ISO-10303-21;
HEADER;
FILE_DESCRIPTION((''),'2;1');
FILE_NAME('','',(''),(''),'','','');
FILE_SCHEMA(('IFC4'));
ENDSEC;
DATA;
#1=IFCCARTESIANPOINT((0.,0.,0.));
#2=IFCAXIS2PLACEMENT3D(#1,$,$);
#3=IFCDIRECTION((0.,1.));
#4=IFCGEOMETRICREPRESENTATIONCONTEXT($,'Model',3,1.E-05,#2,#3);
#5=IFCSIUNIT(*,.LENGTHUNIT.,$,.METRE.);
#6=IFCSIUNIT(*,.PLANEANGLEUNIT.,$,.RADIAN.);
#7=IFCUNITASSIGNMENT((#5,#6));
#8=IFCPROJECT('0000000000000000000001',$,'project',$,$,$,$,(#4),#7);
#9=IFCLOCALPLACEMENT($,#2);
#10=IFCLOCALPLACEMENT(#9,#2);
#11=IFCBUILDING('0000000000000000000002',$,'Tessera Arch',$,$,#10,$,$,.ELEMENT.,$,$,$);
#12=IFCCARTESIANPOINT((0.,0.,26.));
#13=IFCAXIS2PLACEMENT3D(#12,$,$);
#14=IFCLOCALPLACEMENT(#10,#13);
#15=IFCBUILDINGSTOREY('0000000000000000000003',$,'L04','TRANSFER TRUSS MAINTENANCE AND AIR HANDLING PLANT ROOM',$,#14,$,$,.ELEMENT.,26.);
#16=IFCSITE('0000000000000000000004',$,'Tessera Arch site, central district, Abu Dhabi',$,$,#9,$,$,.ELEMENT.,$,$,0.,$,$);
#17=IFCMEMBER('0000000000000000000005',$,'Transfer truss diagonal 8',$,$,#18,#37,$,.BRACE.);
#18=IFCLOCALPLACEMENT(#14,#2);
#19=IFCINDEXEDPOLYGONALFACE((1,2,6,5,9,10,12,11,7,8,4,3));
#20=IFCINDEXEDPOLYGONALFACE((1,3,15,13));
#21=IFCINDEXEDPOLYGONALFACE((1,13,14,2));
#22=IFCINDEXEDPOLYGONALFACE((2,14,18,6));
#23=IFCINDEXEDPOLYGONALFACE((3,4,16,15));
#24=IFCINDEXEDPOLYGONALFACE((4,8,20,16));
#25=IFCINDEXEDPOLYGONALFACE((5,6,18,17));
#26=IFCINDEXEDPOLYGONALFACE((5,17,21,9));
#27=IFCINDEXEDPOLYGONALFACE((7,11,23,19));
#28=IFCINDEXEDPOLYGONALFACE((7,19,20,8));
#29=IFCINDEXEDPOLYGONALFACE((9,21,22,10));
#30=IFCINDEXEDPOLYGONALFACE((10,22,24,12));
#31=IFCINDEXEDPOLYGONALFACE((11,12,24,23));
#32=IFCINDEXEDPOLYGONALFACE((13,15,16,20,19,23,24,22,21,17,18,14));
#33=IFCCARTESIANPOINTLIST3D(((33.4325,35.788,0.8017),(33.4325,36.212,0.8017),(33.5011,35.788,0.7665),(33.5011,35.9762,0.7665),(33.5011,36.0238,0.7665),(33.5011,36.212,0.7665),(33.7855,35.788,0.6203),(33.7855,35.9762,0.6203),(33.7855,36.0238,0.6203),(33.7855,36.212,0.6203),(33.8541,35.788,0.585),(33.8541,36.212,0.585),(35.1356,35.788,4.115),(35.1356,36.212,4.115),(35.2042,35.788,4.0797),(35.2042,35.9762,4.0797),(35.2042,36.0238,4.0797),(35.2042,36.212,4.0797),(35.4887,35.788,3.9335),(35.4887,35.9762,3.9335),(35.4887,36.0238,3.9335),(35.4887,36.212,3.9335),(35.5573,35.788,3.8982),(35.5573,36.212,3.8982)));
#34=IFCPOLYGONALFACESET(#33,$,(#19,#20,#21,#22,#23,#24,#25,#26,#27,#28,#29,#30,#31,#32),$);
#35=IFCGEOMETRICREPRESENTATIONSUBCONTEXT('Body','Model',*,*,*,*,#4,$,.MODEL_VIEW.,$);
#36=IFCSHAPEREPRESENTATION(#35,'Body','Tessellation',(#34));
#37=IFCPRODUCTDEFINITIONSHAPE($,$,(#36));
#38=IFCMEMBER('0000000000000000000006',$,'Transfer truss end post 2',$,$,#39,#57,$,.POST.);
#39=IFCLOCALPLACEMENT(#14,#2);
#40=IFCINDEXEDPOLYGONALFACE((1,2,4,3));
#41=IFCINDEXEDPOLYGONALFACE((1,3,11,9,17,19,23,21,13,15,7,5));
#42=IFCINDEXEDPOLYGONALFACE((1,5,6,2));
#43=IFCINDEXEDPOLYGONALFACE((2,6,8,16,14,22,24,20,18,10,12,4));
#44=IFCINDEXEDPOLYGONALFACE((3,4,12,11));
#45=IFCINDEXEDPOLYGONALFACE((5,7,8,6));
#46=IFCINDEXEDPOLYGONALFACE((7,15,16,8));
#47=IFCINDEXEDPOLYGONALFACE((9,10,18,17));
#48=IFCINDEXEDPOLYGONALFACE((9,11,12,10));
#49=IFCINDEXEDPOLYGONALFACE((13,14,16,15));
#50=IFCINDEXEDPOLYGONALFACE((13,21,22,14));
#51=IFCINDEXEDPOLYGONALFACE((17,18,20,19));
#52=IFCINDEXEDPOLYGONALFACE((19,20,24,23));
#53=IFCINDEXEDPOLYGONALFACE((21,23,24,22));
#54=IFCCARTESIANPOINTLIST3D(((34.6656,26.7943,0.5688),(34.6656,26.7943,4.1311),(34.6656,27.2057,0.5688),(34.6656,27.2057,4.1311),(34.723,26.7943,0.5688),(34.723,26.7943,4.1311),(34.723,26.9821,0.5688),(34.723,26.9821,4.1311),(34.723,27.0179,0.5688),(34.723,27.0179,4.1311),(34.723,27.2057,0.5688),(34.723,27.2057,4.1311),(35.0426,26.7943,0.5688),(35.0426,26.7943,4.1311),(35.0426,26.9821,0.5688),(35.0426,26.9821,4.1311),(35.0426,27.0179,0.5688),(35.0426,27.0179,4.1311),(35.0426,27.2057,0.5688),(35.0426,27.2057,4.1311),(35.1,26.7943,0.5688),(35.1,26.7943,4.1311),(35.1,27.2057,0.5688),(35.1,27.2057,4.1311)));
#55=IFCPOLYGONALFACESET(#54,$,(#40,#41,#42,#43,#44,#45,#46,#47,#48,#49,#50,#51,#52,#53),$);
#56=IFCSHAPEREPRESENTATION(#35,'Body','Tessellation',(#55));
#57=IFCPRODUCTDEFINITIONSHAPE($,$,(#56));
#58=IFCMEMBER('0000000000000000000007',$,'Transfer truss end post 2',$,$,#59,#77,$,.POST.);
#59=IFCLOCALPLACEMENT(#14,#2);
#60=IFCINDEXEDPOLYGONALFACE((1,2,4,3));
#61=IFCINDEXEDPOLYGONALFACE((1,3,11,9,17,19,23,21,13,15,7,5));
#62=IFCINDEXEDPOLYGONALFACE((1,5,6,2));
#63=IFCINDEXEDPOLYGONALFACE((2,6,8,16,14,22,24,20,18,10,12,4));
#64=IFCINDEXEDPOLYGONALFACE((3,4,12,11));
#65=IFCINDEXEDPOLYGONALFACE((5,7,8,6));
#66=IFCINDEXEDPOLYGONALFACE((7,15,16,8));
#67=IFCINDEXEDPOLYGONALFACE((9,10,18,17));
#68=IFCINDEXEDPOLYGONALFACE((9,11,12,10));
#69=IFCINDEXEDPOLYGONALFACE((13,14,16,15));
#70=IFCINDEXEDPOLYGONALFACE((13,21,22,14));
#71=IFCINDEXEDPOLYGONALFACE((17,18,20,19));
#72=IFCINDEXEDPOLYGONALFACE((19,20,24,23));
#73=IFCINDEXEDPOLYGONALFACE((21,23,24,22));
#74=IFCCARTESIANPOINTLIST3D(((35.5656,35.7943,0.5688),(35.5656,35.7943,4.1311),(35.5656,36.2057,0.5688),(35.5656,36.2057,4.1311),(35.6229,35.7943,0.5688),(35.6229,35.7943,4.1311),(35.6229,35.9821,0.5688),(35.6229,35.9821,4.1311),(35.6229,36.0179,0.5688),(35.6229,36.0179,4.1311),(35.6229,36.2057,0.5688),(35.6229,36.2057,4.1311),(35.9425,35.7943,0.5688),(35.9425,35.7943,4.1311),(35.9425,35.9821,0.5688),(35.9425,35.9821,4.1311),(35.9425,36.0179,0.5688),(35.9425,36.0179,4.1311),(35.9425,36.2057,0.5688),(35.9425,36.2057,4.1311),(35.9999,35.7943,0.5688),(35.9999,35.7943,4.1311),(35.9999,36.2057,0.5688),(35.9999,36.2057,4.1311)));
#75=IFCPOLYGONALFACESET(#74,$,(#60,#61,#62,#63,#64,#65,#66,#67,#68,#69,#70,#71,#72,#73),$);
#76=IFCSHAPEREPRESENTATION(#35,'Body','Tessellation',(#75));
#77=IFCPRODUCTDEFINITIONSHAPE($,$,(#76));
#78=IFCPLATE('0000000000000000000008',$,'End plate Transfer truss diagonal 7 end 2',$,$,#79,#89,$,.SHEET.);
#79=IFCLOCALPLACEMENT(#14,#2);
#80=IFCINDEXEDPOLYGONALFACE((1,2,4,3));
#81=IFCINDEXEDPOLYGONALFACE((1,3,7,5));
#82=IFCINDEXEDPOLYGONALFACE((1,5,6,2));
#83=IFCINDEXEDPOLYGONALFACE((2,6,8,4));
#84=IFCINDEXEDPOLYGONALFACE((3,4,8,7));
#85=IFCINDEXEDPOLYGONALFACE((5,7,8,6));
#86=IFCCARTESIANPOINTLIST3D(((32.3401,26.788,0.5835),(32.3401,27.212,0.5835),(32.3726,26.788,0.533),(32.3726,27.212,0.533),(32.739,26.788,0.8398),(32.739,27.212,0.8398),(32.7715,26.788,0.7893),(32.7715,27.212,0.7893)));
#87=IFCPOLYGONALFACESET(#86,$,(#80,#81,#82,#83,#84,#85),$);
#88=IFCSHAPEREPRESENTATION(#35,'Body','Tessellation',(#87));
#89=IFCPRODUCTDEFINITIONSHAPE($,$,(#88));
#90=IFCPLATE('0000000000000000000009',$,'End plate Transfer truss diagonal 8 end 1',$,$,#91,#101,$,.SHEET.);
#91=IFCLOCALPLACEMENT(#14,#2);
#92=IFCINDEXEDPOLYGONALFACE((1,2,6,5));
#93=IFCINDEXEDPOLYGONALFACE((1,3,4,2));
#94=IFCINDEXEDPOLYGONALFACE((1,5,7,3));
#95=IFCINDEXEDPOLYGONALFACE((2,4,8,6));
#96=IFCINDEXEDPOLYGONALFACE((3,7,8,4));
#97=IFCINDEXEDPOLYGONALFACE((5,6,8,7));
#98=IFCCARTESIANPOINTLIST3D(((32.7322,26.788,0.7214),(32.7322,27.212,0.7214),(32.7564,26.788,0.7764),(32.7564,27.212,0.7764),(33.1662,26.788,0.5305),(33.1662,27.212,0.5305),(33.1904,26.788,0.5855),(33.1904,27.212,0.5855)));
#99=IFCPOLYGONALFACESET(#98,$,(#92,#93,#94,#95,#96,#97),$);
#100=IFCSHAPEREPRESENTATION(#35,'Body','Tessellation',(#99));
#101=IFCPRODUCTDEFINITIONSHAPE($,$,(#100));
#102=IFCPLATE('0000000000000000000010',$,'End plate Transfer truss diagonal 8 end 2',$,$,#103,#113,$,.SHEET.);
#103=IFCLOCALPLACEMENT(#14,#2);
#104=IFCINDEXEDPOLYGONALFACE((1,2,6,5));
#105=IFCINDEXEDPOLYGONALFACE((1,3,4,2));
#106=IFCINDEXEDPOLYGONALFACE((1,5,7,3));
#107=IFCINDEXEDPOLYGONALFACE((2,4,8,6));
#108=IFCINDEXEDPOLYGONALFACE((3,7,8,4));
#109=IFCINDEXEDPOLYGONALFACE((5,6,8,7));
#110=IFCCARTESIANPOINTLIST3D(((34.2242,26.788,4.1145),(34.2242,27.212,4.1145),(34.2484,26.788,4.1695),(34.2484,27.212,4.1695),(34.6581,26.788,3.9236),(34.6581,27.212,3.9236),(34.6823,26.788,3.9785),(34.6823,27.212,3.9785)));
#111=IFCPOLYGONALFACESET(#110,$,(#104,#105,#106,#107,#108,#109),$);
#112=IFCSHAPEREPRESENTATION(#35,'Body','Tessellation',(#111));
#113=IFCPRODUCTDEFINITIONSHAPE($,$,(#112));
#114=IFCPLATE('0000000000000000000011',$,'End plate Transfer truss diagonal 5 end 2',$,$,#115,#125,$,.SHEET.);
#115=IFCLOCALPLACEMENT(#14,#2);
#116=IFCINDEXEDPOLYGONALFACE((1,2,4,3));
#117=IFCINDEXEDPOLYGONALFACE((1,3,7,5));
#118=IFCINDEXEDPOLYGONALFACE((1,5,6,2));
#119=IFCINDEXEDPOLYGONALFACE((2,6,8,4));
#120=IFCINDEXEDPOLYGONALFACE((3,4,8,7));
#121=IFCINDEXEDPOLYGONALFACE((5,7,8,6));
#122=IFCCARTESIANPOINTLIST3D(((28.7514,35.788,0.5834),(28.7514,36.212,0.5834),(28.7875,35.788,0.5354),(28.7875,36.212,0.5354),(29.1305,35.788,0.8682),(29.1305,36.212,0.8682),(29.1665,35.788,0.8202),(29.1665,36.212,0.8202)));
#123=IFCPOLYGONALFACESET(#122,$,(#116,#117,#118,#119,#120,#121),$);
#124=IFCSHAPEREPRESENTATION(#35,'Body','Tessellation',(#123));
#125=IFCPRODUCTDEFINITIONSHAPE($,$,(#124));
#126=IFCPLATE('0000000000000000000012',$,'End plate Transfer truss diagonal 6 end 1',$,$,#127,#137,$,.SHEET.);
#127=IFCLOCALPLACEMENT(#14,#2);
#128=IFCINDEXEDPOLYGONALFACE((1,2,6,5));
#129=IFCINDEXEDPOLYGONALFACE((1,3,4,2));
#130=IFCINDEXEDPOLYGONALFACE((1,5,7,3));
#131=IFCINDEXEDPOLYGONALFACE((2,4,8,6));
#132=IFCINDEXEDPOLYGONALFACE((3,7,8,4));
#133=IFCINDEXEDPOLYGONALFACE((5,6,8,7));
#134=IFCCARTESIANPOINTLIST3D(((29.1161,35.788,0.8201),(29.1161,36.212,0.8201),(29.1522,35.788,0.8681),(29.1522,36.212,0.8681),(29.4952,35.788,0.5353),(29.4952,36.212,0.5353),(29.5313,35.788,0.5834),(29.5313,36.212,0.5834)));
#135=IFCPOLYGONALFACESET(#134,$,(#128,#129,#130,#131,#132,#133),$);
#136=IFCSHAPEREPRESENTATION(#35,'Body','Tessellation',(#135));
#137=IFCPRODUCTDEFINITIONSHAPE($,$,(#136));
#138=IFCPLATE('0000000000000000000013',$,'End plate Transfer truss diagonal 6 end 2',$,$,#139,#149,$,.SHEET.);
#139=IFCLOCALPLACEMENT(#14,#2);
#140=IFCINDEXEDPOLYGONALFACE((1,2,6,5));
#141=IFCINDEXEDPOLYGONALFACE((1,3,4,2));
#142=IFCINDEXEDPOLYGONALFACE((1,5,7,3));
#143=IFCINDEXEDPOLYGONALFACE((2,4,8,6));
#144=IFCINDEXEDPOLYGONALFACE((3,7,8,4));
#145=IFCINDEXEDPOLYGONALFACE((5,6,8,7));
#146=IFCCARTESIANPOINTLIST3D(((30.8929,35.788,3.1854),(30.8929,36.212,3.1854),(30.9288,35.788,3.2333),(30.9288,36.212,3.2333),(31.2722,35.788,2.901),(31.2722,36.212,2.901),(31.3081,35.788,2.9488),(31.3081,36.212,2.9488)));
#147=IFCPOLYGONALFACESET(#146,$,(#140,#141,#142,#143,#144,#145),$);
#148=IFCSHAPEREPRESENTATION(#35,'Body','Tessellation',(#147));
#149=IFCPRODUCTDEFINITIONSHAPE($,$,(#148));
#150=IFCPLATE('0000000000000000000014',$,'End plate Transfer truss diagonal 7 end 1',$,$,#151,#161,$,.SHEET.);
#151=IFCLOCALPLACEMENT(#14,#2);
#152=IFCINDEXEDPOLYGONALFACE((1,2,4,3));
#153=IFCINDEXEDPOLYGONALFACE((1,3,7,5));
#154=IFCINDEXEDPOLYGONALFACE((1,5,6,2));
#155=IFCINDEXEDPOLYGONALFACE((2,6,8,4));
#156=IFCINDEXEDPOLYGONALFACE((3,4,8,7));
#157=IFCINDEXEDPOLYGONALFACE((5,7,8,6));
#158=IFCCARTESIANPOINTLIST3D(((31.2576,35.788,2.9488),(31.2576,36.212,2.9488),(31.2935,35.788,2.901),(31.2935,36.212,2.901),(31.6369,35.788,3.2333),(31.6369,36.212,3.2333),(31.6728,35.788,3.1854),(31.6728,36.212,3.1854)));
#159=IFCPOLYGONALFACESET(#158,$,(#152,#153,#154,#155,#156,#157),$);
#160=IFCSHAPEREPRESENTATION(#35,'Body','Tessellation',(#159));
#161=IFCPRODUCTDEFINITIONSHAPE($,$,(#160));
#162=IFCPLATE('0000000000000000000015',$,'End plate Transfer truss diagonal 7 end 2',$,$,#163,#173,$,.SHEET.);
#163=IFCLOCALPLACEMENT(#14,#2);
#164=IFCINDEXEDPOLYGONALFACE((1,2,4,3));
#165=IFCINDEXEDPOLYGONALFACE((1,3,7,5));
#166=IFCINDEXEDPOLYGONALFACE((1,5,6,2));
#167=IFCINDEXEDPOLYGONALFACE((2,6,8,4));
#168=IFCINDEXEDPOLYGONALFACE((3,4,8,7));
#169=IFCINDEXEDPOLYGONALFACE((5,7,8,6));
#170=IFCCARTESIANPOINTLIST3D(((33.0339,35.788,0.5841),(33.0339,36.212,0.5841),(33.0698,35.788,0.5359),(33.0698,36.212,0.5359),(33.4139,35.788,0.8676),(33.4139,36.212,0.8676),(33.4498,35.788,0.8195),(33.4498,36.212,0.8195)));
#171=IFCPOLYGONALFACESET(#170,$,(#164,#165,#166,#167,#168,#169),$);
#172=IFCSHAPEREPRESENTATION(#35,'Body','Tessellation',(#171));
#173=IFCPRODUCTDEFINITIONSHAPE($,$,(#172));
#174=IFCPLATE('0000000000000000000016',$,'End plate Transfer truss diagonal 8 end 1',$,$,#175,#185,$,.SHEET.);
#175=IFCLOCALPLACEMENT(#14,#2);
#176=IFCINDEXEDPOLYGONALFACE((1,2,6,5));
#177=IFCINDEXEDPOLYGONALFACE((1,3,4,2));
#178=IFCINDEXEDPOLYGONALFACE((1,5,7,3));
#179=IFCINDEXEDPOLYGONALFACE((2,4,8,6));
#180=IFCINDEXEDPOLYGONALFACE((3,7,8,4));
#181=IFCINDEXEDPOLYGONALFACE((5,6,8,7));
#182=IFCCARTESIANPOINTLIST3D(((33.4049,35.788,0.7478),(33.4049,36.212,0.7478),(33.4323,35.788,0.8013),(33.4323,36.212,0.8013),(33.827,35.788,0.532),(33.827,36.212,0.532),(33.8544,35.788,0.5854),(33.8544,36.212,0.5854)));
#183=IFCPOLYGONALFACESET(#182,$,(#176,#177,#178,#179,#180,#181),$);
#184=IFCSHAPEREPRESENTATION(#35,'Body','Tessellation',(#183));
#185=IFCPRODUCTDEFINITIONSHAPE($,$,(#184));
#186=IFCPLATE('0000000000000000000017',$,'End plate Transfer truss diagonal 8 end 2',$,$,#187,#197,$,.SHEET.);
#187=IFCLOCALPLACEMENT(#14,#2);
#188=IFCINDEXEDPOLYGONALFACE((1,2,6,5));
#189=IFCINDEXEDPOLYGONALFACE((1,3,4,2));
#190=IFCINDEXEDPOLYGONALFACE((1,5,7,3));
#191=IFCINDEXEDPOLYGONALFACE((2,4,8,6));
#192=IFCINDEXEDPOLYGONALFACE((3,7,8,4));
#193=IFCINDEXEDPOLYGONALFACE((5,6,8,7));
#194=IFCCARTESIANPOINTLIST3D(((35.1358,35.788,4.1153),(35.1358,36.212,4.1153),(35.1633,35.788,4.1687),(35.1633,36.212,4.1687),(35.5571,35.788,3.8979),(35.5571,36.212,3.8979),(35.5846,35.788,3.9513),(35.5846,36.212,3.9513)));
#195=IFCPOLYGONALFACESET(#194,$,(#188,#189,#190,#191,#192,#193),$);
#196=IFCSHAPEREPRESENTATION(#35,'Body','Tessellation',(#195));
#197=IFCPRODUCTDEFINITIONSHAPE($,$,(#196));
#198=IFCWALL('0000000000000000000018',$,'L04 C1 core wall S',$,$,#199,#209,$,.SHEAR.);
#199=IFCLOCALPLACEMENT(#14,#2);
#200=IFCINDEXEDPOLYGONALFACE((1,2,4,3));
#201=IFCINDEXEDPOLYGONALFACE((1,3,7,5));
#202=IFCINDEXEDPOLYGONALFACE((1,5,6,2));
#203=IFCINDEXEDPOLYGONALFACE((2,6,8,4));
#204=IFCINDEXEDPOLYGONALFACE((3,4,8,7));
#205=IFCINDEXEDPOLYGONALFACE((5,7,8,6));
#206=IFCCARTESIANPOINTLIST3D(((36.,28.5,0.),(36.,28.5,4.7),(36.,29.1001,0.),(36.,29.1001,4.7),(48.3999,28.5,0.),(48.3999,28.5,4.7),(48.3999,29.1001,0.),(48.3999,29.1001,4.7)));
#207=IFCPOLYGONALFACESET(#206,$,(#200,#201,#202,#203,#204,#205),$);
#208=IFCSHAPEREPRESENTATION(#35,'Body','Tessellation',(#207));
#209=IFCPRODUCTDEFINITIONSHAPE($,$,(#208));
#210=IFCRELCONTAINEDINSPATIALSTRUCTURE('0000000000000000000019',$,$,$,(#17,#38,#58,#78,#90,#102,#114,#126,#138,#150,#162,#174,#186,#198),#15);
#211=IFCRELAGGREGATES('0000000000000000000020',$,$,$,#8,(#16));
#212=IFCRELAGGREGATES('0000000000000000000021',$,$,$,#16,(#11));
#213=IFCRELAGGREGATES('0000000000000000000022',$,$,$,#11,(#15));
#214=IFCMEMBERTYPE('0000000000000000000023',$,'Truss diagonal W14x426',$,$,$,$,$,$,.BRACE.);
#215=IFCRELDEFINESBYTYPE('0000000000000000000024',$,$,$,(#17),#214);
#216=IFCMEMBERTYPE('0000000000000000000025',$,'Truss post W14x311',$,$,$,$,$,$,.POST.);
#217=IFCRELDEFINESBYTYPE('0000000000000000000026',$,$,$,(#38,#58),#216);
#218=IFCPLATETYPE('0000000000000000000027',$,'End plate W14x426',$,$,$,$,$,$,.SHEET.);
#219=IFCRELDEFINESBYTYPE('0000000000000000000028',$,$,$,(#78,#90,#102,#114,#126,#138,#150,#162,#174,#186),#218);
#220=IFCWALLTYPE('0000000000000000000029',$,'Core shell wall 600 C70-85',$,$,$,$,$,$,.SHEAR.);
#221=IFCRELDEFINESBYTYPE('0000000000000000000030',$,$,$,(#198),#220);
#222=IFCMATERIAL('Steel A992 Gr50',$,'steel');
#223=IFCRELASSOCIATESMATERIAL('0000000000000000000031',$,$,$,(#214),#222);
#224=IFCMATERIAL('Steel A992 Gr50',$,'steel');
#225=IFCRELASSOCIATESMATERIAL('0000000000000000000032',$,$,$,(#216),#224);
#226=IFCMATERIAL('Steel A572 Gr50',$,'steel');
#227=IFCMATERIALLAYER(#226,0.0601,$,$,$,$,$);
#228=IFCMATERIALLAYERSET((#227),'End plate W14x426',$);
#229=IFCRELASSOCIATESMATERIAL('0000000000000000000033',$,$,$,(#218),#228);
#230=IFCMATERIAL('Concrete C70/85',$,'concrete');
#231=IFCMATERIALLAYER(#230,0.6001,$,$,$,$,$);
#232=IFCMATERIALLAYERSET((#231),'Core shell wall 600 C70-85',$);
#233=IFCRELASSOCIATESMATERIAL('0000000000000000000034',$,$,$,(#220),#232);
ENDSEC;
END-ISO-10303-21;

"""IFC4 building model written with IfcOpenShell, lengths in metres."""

from ifc_helpers import new_model, si_unit, direction, frame, frame_2d, origin, origin_2d, place, context, subcontext, project, spatial, rectangle, i_section, extrude, material, layer, layer_set, material_profile, profile_set, type_object, element, save


model = new_model("IFC4")

# Units and contexts
model_context = context("Model", 3, precision=1e-05, world=origin(), true_north=direction((0.0, 1.0)))
body_context = subcontext(model_context, "Body", "Model", "MODEL_VIEW")
ifc_project = project(units=[si_unit("LENGTHUNIT", "METRE"), si_unit("PLANEANGLEUNIT", "RADIAN")], contexts=[model_context])

# Site, building, storey
site_placement = place(None, origin())
site = spatial("IfcSite", under=ifc_project, at=site_placement, Name="Tessera Arch site, central district, Abu Dhabi", CompositionType="ELEMENT", RefElevation=0.0)
building_placement = place(site_placement, origin())
building = spatial("IfcBuilding", under=site, at=building_placement, Name="Tessera Arch", CompositionType="ELEMENT")
storey_placement = place(building_placement, frame((0.0, 0.0, 26.0)))
storey = spatial("IfcBuildingStorey", under=building, at=storey_placement, Name="L04", Description="TRANSFER TRUSS MAINTENANCE AND AIR HANDLING PLANT ROOM", CompositionType="ELEMENT", Elevation=26.0)

# Members
ifc_material_1 = material(Name="Steel A992 Gr50", Category="steel")
ifc_material_profile_1 = material_profile(ifc_material_1, i_section(OverallWidth=0.4241, OverallDepth=0.4741, WebThickness=0.0476, FlangeThickness=0.0771, at=origin_2d()), Name="W14x426")
ifc_profile_set_1 = profile_set([ifc_material_profile_1], Name="Steel A992 Gr50")
member_type_1 = type_object("IfcMemberType", Name="Truss diagonal W14x426", PredefinedType="BRACE", material=ifc_profile_set_1)
member_1_placement = place(storey_placement, frame((33.6433, 36.0, 0.6934), z_axis=(0.457173, 0.0, 0.889378), x_axis=(0.0, 1.0, 0.0)))
element("IfcMember", 1, at=member_1_placement, inside=storey, type_object=member_type_1, Name="Transfer truss diagonal 8", PredefinedType="BRACE", context=body_context, shape_type="SweptSolid", body=[
    extrude(i_section(OverallWidth=0.4241, OverallDepth=0.4741, WebThickness=0.0476, FlangeThickness=0.0771, at=origin_2d()), origin(), (0.0, 0.0, 1.0), 3.7253),
])
ifc_material_2 = material(Name="Steel A992 Gr50", Category="steel")
ifc_material_profile_2 = material_profile(ifc_material_2, i_section(OverallWidth=0.4114, OverallDepth=0.4343, WebThickness=0.0359, FlangeThickness=0.0574, at=origin_2d()), Name="W14x311")
ifc_profile_set_2 = profile_set([ifc_material_profile_2], Name="Steel A992 Gr50")
member_type_2 = type_object("IfcMemberType", Name="Truss post W14x311", PredefinedType="POST", material=ifc_profile_set_2)
for number, where, z_axis, x_axis, name in (
    (2, (34.8828, 27.0, 0.5688), (0.0, 0.0, 1.0), (0.0, 1.0, 0.0), "Transfer truss end post 2"),
    (3, (35.7827, 36.0, 0.5688), (0.0, 0.0, 1.0), (0.0, 1.0, 0.0), "Transfer truss end post 2"),
):
    element("IfcMember", number, at=place(storey_placement, frame(where, z_axis=z_axis, x_axis=x_axis)), inside=storey, type_object=member_type_2, Name=name, PredefinedType="POST", context=body_context, shape_type="SweptSolid", body=[
        extrude(i_section(OverallWidth=0.4114, OverallDepth=0.4343, WebThickness=0.0359, FlangeThickness=0.0574, at=origin_2d()), origin(), (0.0, 0.0, 1.0), 3.5623),
    ])

# Plates
ifc_material_3 = material(Name="Steel A572 Gr50", Category="steel")
ifc_layer_1 = layer(ifc_material_3, 0.0601)
ifc_layer_set_1 = layer_set([ifc_layer_1], Name="End plate W14x426")
plate_type = type_object("IfcPlateType", Name="End plate W14x426", PredefinedType="SHEET", material=ifc_layer_set_1)
for number, where, z_axis, x_axis, name in (
    (4, (32.5396, 27.0, 0.7117), (0.540552, 0.0, -0.841311), (0.0, 1.0, 0.0), "End plate Transfer truss diagonal 7 end 2"),
    (5, (32.9492, 27.0, 0.626), (0.402739, 0.0, 0.915315), (0.0, 1.0, 0.0), "End plate Transfer truss diagonal 8 end 1"),
    (6, (34.4412, 27.0, 4.019), (0.402739, 0.0, 0.915315), (0.0, 1.0, 0.0), "End plate Transfer truss diagonal 8 end 2"),
    (7, (28.9409, 36.0, 0.7258), (0.600649, 0.0, -0.799513), (0.0, 1.0, 0.0), "End plate Transfer truss diagonal 5 end 2"),
    (8, (29.3057, 36.0, 0.6777), (0.600649, 0.0, 0.799513), (0.0, 1.0, 0.0), "End plate Transfer truss diagonal 6 end 1"),
):
    element("IfcPlate", number, at=place(storey_placement, frame(where, z_axis=z_axis, x_axis=x_axis)), inside=storey, type_object=plate_type, Name=name, PredefinedType="SHEET", context=body_context, shape_type="SweptSolid", body=[
        extrude(rectangle(XDim=0.4241, YDim=0.4741, at=origin_2d()), origin(), (0.0, 0.0, 1.0), 0.0601),
    ])
for number, where, z_axis, x_axis, name in (
    (9, (31.0825, 36.0, 3.0432), (0.6, 0.0, 0.8), (0.0, 1.0, 0.0), "End plate Transfer truss diagonal 6 end 2"),
    (10, (31.4473, 36.0, 3.0911), (0.6, 0.0, -0.8), (0.0, 1.0, 0.0), "End plate Transfer truss diagonal 7 end 1"),
):
    element("IfcPlate", number, at=place(storey_placement, frame(where, z_axis=z_axis, x_axis=x_axis)), inside=storey, type_object=plate_type, Name=name, PredefinedType="SHEET", context=body_context, shape_type="SweptSolid", body=[
        extrude(rectangle(XDim=0.4241, YDim=0.4741, at=origin_2d()), origin(), (0.0, 0.0, 1.0), 0.0598),
    ])
for number, where, z_axis, x_axis, name in (
    (11, (33.2239, 36.0, 0.7258), (0.598045, 0.0, -0.801462), (0.0, 1.0, 0.0), "End plate Transfer truss diagonal 7 end 2"),
    (12, (33.616, 36.0, 0.6399), (0.455326, 0.0, 0.890325), (0.0, 1.0, 0.0), "End plate Transfer truss diagonal 8 end 1"),
    (13, (35.3464, 36.0, 4.0066), (0.45854, 0.0, 0.888674), (0.0, 1.0, 0.0), "End plate Transfer truss diagonal 8 end 2"),
):
    element("IfcPlate", number, at=place(storey_placement, frame(where, z_axis=z_axis, x_axis=x_axis)), inside=storey, type_object=plate_type, Name=name, PredefinedType="SHEET", context=body_context, shape_type="SweptSolid", body=[
        extrude(rectangle(XDim=0.4241, YDim=0.4741, at=origin_2d()), origin(), (0.0, 0.0, 1.0), 0.0601),
    ])

# Wall
ifc_material_4 = material(Name="Concrete C70/85", Category="concrete")
ifc_layer_2 = layer(ifc_material_4, 0.6001)
ifc_layer_set_2 = layer_set([ifc_layer_2], Name="Core shell wall 600 C70-85")
wall_type_1 = type_object("IfcWallType", Name="Core shell wall 600 C70-85", PredefinedType="SHEAR", material=ifc_layer_set_2)
wall_1_placement = place(storey_placement, frame((36.0, 28.8, 0.0), z_axis=(0.0, 0.0, 1.0), x_axis=(1.0, 0.0, 0.0)))
element("IfcWall", 14, at=wall_1_placement, inside=storey, type_object=wall_type_1, Name="L04 C1 core wall S", PredefinedType="SHEAR", context=body_context, shape_type="SweptSolid", body=[
    extrude(rectangle(XDim=12.3999, YDim=0.6001, at=frame_2d((6.2, 0.0))), origin(), (0.0, 0.0, 1.0), 4.7),
])

save(model, "model.ifc")
